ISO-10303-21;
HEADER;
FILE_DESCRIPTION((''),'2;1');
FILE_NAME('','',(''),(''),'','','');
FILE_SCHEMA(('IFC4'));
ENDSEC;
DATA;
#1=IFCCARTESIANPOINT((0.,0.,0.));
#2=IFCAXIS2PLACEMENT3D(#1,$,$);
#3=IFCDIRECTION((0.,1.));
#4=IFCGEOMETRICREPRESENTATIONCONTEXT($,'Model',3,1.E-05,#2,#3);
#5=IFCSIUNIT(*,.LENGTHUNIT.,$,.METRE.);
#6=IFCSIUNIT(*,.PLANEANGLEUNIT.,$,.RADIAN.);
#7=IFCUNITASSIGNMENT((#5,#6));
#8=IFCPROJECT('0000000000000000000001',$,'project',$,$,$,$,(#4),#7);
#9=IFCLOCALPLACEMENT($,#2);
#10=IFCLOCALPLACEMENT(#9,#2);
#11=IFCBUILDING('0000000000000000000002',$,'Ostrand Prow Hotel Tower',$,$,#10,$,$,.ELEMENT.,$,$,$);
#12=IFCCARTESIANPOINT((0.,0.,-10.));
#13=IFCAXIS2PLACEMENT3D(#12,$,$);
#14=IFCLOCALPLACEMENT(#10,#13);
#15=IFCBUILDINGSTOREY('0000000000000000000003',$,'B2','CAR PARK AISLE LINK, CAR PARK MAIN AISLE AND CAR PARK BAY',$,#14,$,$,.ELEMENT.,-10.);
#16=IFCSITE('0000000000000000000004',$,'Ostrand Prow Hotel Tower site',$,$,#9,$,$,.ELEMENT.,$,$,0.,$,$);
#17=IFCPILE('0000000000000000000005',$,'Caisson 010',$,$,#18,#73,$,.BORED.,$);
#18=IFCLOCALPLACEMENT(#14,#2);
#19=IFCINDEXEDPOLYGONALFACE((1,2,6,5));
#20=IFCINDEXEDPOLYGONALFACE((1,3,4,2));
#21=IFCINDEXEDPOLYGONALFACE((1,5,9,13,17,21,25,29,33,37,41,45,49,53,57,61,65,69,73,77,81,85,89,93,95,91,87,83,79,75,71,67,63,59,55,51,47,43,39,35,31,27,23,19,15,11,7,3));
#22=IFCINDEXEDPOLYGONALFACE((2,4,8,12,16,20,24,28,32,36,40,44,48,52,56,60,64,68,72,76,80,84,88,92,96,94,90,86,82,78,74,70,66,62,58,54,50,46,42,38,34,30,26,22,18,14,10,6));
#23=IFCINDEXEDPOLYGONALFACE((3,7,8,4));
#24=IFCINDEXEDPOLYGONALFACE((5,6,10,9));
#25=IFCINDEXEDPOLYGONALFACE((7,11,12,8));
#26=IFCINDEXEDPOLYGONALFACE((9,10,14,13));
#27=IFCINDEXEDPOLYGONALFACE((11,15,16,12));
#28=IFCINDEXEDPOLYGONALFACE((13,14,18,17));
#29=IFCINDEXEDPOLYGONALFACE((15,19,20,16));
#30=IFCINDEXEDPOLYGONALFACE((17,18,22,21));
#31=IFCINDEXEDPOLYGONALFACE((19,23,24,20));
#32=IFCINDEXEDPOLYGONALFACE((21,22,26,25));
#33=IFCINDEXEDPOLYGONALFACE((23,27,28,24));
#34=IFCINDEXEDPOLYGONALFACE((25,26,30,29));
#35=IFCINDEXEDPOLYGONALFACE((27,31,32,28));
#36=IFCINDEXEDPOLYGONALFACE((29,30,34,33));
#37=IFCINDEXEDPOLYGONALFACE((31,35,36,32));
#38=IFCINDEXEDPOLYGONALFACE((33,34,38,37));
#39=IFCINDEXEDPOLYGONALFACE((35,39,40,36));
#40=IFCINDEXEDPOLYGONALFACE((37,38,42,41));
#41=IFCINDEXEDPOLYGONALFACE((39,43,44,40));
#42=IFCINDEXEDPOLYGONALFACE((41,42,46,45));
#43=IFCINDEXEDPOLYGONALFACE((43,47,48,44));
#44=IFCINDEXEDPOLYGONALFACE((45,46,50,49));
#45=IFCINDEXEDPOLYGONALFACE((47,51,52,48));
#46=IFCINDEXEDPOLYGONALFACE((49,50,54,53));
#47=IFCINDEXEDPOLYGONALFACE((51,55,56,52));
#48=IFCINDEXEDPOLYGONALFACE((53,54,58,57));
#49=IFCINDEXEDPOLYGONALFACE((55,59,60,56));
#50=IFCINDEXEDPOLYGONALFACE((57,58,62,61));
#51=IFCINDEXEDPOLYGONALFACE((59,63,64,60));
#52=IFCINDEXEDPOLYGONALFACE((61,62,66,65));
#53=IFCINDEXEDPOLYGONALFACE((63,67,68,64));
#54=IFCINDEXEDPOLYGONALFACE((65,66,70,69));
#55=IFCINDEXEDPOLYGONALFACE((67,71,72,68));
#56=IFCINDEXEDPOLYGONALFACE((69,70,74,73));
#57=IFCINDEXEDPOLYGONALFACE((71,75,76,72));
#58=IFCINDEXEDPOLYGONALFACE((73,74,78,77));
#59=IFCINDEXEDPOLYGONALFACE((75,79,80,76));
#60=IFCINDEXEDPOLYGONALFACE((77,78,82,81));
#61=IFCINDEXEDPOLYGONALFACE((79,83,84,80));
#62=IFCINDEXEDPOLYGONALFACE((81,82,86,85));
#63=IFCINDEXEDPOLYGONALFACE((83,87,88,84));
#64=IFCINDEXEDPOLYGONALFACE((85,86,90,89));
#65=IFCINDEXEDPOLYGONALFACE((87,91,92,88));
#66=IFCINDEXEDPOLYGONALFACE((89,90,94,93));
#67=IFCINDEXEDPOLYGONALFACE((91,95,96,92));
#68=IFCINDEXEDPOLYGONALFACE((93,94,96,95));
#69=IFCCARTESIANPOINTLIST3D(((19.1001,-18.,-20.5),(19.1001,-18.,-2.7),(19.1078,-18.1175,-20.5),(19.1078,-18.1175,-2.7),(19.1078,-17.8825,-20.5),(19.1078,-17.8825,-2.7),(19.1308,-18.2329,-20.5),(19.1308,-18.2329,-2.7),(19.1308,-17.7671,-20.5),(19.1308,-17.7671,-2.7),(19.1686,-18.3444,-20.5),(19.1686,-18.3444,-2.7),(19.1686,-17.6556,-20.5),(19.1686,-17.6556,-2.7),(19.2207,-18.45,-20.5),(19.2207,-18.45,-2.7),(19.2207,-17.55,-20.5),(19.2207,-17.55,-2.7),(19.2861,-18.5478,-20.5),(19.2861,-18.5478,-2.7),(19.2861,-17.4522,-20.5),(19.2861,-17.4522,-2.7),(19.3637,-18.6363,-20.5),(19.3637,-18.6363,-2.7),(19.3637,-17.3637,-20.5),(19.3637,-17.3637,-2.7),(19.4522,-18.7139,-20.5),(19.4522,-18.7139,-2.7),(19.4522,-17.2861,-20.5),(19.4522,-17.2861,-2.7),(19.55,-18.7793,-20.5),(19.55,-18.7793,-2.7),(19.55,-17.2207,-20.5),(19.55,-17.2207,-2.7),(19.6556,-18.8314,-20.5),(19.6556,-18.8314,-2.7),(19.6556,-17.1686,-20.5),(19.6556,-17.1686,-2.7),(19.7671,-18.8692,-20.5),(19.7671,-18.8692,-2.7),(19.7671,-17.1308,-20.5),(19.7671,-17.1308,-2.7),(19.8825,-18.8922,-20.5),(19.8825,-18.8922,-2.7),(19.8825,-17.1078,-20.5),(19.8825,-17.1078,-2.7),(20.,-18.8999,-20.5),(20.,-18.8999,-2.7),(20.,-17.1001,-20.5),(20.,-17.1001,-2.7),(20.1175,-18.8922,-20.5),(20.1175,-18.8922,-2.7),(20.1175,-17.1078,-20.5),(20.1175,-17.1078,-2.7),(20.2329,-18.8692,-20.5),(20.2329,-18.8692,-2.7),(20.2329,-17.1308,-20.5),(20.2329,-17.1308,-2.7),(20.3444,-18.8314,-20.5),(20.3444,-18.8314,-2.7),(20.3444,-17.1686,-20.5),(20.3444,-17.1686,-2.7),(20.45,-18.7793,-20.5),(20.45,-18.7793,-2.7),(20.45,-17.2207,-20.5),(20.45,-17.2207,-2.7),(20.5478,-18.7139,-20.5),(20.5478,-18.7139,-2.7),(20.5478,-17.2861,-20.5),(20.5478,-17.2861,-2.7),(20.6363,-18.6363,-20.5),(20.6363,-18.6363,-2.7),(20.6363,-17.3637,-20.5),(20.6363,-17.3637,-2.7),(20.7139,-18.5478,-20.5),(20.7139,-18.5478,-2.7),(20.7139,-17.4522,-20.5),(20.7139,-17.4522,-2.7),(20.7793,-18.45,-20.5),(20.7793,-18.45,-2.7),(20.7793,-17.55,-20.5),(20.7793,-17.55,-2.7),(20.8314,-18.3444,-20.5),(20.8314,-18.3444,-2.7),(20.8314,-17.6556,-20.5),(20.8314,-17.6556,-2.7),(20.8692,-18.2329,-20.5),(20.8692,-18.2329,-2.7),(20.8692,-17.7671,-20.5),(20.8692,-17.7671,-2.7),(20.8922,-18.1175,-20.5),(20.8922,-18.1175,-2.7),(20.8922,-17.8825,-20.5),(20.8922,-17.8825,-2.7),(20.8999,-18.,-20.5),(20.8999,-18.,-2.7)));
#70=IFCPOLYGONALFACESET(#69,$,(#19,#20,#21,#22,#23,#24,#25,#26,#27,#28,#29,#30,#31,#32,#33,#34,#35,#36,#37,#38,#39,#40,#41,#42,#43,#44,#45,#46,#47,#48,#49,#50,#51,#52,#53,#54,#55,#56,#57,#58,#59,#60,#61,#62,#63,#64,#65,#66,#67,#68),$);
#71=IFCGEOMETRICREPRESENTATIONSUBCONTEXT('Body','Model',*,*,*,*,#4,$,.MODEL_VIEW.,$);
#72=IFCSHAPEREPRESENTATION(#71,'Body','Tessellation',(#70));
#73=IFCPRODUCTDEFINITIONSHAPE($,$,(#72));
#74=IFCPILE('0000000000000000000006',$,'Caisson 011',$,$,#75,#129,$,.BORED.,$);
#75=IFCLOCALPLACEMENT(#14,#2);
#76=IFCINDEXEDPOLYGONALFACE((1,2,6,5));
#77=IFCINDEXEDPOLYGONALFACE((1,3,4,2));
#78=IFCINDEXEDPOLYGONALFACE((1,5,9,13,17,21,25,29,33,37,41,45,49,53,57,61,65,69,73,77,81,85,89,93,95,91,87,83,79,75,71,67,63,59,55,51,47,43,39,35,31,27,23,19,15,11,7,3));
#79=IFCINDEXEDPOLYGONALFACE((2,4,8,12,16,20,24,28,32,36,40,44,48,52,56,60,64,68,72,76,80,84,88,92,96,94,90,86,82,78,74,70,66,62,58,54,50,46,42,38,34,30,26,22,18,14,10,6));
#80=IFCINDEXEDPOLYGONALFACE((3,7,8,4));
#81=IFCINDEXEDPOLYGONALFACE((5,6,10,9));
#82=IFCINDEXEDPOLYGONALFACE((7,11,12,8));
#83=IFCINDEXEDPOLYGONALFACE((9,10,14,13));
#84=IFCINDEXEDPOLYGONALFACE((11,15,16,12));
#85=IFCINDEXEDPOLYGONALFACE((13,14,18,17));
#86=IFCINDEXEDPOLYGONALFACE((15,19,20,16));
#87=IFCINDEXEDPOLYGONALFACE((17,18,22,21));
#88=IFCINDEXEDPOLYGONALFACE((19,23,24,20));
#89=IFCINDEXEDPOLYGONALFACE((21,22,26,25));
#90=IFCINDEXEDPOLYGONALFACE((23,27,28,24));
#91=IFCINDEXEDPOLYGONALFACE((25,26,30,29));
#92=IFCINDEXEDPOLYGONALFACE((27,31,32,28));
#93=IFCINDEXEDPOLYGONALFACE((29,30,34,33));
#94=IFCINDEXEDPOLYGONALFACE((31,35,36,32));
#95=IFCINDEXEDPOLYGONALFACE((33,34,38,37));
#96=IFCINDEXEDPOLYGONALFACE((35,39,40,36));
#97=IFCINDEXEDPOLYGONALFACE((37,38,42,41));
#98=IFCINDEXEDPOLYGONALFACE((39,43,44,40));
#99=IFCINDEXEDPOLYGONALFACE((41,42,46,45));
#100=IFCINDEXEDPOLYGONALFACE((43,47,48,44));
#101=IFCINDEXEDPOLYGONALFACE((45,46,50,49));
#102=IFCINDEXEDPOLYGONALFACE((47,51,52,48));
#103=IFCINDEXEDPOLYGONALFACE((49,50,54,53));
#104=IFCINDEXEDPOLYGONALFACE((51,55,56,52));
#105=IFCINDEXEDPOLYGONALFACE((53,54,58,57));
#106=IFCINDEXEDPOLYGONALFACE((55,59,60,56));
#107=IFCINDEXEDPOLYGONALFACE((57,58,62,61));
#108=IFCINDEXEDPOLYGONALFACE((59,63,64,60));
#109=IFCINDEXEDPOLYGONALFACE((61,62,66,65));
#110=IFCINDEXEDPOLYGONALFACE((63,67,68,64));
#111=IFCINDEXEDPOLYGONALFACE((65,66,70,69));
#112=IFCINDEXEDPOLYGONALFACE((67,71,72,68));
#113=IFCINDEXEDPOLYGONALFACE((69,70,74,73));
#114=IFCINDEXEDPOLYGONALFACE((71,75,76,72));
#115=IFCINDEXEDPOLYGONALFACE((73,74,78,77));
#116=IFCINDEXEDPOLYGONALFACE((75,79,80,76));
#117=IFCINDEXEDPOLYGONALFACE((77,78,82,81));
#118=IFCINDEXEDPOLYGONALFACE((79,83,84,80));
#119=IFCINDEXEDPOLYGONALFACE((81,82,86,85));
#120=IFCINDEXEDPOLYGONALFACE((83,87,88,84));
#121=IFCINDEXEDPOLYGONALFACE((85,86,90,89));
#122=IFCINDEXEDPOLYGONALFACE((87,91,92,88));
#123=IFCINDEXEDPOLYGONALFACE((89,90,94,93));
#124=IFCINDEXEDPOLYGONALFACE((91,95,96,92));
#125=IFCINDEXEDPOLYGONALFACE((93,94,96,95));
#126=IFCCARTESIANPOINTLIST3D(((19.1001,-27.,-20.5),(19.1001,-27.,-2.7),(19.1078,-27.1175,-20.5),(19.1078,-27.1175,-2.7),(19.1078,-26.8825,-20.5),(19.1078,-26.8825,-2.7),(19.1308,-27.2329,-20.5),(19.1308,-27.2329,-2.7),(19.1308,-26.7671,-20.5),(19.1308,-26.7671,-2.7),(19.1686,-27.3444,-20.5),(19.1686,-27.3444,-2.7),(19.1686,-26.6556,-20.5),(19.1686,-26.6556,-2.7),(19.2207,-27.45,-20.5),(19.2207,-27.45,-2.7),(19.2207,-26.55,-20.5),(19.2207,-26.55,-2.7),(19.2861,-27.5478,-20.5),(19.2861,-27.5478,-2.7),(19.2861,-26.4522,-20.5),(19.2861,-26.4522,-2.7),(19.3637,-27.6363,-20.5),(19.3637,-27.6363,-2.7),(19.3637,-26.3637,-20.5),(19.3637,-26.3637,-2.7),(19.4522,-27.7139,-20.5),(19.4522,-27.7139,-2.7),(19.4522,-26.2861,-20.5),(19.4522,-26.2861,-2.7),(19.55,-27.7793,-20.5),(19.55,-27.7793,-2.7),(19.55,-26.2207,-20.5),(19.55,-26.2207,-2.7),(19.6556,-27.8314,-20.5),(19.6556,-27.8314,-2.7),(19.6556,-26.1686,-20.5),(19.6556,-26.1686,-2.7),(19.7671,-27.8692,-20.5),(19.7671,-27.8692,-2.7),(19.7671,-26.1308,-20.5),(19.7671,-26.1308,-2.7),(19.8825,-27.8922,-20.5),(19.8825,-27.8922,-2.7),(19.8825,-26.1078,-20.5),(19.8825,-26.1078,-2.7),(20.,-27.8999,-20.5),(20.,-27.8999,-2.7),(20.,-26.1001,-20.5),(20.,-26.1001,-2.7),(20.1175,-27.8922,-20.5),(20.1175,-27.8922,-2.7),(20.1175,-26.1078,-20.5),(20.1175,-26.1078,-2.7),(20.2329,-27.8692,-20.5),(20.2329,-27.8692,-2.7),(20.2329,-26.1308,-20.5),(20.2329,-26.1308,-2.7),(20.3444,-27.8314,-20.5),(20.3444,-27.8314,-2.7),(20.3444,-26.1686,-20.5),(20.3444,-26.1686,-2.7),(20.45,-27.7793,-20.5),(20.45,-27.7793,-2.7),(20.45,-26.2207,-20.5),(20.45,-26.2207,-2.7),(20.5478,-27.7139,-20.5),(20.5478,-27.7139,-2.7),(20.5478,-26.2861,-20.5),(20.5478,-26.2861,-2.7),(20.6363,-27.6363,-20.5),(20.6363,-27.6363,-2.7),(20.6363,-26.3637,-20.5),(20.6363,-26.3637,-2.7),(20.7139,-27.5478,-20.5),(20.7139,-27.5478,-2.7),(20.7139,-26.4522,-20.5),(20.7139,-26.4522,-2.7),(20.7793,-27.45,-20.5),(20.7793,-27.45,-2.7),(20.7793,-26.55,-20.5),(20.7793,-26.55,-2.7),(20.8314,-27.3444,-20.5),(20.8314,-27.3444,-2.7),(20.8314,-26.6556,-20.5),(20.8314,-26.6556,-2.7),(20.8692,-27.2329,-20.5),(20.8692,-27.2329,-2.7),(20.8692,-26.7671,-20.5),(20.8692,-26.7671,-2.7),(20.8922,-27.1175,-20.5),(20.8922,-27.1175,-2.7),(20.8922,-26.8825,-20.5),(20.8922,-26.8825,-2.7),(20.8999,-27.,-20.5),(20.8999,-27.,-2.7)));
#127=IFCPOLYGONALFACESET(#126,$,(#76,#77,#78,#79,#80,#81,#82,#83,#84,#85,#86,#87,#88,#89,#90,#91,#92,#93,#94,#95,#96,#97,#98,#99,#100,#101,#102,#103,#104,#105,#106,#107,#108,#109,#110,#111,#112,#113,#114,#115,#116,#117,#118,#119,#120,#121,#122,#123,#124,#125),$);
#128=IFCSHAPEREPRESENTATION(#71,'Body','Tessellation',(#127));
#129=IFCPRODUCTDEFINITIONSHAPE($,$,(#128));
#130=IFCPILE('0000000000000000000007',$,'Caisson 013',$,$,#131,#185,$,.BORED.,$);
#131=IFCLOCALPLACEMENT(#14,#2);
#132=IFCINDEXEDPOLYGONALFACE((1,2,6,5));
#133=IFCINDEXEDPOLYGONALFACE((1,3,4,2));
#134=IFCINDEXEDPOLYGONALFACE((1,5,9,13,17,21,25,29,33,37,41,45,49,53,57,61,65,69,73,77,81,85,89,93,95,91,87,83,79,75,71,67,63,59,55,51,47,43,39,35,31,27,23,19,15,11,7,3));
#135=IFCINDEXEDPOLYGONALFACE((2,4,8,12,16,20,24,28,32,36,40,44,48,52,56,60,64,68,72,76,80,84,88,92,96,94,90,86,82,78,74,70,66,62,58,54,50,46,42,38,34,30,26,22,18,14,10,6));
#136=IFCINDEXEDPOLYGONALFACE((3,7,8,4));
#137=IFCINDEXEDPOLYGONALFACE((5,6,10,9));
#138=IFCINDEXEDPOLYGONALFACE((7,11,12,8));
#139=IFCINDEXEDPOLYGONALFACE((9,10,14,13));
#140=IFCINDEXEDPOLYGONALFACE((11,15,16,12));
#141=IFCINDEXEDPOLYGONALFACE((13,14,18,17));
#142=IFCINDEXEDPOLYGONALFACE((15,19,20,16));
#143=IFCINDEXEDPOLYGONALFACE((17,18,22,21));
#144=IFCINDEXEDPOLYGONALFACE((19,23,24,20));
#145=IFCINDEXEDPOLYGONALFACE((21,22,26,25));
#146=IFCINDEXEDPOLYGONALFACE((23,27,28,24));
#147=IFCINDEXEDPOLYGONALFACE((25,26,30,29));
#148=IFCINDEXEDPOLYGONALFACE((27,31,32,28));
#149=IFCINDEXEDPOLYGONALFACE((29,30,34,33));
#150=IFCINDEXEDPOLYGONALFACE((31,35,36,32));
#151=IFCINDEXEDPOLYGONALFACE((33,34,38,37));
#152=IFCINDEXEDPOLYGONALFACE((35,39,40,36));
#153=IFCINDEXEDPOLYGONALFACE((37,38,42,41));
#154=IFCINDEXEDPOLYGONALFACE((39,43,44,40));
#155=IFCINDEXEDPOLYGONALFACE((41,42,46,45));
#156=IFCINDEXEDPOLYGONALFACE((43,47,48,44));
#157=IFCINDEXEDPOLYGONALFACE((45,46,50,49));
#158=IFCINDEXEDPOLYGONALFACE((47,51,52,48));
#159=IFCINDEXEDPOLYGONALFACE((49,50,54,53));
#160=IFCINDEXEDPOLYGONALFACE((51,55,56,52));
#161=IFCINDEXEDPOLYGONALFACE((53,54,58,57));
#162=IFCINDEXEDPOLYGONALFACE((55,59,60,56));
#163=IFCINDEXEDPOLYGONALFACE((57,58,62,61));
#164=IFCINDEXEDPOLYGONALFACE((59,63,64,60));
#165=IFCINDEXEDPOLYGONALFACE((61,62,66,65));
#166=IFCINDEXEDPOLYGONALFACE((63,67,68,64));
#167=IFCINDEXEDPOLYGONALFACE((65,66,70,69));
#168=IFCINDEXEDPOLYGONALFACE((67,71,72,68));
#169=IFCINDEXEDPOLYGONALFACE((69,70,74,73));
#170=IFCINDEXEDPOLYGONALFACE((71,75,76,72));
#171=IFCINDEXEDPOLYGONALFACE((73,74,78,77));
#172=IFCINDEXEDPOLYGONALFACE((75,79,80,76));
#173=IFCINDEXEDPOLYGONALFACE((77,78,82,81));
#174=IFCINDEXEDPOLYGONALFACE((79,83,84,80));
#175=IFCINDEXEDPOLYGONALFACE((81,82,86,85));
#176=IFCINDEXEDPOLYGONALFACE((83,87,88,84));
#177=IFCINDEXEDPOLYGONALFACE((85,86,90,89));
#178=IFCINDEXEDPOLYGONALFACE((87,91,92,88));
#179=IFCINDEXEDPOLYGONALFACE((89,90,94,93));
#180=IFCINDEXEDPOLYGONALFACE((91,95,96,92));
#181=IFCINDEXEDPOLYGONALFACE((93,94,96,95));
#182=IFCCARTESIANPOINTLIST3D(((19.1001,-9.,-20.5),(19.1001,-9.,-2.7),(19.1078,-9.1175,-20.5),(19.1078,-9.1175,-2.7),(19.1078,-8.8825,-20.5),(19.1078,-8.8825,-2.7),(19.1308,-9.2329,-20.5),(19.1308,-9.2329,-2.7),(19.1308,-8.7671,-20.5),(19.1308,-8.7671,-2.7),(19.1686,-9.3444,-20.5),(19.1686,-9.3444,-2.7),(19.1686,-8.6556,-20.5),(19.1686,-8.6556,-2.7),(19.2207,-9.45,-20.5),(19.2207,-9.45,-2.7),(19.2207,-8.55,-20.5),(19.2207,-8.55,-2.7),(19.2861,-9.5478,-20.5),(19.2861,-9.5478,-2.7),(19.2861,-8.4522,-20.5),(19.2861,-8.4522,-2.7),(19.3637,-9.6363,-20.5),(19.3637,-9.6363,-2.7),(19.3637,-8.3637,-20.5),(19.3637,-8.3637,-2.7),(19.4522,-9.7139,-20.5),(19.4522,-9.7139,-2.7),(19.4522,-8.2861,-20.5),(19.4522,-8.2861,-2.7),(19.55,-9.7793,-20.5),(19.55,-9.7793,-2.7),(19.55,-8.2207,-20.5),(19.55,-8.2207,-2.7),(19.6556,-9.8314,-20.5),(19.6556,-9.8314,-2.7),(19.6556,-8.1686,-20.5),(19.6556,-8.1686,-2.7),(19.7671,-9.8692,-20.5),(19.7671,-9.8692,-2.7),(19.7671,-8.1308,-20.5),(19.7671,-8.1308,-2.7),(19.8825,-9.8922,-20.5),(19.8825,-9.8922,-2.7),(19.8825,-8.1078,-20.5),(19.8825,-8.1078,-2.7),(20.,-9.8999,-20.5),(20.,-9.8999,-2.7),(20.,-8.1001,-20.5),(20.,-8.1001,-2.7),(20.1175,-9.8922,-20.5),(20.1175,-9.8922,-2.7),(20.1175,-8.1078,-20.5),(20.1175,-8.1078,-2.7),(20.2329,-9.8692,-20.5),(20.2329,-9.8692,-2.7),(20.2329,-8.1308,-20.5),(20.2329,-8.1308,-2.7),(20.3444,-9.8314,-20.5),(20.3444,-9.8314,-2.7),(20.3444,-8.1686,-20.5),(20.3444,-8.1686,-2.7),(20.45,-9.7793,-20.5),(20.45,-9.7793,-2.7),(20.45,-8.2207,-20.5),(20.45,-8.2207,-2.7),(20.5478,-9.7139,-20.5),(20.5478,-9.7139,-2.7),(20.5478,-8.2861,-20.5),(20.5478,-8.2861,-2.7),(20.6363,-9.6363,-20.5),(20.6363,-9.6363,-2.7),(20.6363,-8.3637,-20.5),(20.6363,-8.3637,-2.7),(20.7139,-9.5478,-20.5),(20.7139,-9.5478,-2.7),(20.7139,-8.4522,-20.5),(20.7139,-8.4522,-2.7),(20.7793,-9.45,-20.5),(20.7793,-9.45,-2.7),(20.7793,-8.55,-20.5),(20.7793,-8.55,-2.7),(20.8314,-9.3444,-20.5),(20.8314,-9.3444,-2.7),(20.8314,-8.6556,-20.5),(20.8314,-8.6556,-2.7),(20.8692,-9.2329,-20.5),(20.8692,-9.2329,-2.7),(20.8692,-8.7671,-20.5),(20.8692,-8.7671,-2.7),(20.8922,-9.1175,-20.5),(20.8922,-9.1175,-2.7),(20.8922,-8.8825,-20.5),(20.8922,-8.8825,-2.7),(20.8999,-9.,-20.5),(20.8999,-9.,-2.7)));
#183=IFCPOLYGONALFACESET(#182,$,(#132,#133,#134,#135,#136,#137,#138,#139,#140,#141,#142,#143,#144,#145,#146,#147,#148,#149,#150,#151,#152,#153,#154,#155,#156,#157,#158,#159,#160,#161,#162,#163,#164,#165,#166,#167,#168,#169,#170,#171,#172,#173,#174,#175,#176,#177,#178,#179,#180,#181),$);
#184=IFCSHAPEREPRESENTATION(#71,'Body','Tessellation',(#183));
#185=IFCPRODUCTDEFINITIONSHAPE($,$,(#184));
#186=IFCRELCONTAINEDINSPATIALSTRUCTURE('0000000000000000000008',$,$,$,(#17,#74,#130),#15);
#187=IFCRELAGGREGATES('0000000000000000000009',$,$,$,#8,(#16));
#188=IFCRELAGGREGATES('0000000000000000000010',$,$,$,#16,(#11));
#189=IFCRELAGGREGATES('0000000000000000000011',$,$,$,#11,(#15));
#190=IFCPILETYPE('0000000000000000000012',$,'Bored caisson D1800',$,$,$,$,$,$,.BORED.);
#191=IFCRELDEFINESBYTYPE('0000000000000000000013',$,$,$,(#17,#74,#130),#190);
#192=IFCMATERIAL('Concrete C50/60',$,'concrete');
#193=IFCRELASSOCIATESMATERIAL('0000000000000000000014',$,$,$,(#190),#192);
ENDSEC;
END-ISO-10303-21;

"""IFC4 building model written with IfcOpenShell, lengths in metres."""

from ifc_helpers import new_model, si_unit, direction, frame, origin, origin_2d, place, context, subcontext, project, spatial, circle, extrude, material, type_object, element, save


model = new_model("IFC4")

# Units and contexts
model_context = context("Model", 3, precision=1e-05, world=origin(), true_north=direction((0.0, 1.0)))
body_context = subcontext(model_context, "Body", "Model", "MODEL_VIEW")
ifc_project = project(units=[si_unit("LENGTHUNIT", "METRE"), si_unit("PLANEANGLEUNIT", "RADIAN")], contexts=[model_context])

# Site, building, storey
site_placement = place(None, origin())
site = spatial("IfcSite", under=ifc_project, at=site_placement, Name="Ostrand Prow Hotel Tower site", CompositionType="ELEMENT", RefElevation=0.0)
building_placement = place(site_placement, origin())
building = spatial("IfcBuilding", under=site, at=building_placement, Name="Ostrand Prow Hotel Tower", CompositionType="ELEMENT")
storey_placement = place(building_placement, frame((0.0, 0.0, -10.0)))
storey = spatial("IfcBuildingStorey", under=building, at=storey_placement, Name="B2", Description="CAR PARK AISLE LINK, CAR PARK MAIN AISLE AND CAR PARK BAY", CompositionType="ELEMENT", Elevation=-10.0)

# Piles
ifc_material_1 = material(Name="Concrete C50/60", Category="concrete")
pile_type = type_object("IfcPileType", Name="Bored caisson D1800", PredefinedType="BORED", material=ifc_material_1)
for number, where, z_axis, x_axis, name in (
    (1, (20.0, -18.0, -2.7), (0.0, 0.0, -1.0), (1.0, 0.0, 0.0), "Caisson 010"),
    (2, (20.0, -27.0, -2.7), (0.0, 0.0, -1.0), (1.0, 0.0, 0.0), "Caisson 011"),
    (3, (20.0, -9.0, -2.7), (0.0, 0.0, -1.0), (1.0, 0.0, 0.0), "Caisson 013"),
):
    element("IfcPile", number, at=place(storey_placement, frame(where, z_axis=z_axis, x_axis=x_axis)), inside=storey, type_object=pile_type, Name=name, PredefinedType="BORED", context=body_context, shape_type="SweptSolid", body=[
        extrude(circle(Radius=0.8999, at=origin_2d()), origin(), (0.0, 0.0, 1.0), 17.8),
    ])

save(model, "model.ifc")
